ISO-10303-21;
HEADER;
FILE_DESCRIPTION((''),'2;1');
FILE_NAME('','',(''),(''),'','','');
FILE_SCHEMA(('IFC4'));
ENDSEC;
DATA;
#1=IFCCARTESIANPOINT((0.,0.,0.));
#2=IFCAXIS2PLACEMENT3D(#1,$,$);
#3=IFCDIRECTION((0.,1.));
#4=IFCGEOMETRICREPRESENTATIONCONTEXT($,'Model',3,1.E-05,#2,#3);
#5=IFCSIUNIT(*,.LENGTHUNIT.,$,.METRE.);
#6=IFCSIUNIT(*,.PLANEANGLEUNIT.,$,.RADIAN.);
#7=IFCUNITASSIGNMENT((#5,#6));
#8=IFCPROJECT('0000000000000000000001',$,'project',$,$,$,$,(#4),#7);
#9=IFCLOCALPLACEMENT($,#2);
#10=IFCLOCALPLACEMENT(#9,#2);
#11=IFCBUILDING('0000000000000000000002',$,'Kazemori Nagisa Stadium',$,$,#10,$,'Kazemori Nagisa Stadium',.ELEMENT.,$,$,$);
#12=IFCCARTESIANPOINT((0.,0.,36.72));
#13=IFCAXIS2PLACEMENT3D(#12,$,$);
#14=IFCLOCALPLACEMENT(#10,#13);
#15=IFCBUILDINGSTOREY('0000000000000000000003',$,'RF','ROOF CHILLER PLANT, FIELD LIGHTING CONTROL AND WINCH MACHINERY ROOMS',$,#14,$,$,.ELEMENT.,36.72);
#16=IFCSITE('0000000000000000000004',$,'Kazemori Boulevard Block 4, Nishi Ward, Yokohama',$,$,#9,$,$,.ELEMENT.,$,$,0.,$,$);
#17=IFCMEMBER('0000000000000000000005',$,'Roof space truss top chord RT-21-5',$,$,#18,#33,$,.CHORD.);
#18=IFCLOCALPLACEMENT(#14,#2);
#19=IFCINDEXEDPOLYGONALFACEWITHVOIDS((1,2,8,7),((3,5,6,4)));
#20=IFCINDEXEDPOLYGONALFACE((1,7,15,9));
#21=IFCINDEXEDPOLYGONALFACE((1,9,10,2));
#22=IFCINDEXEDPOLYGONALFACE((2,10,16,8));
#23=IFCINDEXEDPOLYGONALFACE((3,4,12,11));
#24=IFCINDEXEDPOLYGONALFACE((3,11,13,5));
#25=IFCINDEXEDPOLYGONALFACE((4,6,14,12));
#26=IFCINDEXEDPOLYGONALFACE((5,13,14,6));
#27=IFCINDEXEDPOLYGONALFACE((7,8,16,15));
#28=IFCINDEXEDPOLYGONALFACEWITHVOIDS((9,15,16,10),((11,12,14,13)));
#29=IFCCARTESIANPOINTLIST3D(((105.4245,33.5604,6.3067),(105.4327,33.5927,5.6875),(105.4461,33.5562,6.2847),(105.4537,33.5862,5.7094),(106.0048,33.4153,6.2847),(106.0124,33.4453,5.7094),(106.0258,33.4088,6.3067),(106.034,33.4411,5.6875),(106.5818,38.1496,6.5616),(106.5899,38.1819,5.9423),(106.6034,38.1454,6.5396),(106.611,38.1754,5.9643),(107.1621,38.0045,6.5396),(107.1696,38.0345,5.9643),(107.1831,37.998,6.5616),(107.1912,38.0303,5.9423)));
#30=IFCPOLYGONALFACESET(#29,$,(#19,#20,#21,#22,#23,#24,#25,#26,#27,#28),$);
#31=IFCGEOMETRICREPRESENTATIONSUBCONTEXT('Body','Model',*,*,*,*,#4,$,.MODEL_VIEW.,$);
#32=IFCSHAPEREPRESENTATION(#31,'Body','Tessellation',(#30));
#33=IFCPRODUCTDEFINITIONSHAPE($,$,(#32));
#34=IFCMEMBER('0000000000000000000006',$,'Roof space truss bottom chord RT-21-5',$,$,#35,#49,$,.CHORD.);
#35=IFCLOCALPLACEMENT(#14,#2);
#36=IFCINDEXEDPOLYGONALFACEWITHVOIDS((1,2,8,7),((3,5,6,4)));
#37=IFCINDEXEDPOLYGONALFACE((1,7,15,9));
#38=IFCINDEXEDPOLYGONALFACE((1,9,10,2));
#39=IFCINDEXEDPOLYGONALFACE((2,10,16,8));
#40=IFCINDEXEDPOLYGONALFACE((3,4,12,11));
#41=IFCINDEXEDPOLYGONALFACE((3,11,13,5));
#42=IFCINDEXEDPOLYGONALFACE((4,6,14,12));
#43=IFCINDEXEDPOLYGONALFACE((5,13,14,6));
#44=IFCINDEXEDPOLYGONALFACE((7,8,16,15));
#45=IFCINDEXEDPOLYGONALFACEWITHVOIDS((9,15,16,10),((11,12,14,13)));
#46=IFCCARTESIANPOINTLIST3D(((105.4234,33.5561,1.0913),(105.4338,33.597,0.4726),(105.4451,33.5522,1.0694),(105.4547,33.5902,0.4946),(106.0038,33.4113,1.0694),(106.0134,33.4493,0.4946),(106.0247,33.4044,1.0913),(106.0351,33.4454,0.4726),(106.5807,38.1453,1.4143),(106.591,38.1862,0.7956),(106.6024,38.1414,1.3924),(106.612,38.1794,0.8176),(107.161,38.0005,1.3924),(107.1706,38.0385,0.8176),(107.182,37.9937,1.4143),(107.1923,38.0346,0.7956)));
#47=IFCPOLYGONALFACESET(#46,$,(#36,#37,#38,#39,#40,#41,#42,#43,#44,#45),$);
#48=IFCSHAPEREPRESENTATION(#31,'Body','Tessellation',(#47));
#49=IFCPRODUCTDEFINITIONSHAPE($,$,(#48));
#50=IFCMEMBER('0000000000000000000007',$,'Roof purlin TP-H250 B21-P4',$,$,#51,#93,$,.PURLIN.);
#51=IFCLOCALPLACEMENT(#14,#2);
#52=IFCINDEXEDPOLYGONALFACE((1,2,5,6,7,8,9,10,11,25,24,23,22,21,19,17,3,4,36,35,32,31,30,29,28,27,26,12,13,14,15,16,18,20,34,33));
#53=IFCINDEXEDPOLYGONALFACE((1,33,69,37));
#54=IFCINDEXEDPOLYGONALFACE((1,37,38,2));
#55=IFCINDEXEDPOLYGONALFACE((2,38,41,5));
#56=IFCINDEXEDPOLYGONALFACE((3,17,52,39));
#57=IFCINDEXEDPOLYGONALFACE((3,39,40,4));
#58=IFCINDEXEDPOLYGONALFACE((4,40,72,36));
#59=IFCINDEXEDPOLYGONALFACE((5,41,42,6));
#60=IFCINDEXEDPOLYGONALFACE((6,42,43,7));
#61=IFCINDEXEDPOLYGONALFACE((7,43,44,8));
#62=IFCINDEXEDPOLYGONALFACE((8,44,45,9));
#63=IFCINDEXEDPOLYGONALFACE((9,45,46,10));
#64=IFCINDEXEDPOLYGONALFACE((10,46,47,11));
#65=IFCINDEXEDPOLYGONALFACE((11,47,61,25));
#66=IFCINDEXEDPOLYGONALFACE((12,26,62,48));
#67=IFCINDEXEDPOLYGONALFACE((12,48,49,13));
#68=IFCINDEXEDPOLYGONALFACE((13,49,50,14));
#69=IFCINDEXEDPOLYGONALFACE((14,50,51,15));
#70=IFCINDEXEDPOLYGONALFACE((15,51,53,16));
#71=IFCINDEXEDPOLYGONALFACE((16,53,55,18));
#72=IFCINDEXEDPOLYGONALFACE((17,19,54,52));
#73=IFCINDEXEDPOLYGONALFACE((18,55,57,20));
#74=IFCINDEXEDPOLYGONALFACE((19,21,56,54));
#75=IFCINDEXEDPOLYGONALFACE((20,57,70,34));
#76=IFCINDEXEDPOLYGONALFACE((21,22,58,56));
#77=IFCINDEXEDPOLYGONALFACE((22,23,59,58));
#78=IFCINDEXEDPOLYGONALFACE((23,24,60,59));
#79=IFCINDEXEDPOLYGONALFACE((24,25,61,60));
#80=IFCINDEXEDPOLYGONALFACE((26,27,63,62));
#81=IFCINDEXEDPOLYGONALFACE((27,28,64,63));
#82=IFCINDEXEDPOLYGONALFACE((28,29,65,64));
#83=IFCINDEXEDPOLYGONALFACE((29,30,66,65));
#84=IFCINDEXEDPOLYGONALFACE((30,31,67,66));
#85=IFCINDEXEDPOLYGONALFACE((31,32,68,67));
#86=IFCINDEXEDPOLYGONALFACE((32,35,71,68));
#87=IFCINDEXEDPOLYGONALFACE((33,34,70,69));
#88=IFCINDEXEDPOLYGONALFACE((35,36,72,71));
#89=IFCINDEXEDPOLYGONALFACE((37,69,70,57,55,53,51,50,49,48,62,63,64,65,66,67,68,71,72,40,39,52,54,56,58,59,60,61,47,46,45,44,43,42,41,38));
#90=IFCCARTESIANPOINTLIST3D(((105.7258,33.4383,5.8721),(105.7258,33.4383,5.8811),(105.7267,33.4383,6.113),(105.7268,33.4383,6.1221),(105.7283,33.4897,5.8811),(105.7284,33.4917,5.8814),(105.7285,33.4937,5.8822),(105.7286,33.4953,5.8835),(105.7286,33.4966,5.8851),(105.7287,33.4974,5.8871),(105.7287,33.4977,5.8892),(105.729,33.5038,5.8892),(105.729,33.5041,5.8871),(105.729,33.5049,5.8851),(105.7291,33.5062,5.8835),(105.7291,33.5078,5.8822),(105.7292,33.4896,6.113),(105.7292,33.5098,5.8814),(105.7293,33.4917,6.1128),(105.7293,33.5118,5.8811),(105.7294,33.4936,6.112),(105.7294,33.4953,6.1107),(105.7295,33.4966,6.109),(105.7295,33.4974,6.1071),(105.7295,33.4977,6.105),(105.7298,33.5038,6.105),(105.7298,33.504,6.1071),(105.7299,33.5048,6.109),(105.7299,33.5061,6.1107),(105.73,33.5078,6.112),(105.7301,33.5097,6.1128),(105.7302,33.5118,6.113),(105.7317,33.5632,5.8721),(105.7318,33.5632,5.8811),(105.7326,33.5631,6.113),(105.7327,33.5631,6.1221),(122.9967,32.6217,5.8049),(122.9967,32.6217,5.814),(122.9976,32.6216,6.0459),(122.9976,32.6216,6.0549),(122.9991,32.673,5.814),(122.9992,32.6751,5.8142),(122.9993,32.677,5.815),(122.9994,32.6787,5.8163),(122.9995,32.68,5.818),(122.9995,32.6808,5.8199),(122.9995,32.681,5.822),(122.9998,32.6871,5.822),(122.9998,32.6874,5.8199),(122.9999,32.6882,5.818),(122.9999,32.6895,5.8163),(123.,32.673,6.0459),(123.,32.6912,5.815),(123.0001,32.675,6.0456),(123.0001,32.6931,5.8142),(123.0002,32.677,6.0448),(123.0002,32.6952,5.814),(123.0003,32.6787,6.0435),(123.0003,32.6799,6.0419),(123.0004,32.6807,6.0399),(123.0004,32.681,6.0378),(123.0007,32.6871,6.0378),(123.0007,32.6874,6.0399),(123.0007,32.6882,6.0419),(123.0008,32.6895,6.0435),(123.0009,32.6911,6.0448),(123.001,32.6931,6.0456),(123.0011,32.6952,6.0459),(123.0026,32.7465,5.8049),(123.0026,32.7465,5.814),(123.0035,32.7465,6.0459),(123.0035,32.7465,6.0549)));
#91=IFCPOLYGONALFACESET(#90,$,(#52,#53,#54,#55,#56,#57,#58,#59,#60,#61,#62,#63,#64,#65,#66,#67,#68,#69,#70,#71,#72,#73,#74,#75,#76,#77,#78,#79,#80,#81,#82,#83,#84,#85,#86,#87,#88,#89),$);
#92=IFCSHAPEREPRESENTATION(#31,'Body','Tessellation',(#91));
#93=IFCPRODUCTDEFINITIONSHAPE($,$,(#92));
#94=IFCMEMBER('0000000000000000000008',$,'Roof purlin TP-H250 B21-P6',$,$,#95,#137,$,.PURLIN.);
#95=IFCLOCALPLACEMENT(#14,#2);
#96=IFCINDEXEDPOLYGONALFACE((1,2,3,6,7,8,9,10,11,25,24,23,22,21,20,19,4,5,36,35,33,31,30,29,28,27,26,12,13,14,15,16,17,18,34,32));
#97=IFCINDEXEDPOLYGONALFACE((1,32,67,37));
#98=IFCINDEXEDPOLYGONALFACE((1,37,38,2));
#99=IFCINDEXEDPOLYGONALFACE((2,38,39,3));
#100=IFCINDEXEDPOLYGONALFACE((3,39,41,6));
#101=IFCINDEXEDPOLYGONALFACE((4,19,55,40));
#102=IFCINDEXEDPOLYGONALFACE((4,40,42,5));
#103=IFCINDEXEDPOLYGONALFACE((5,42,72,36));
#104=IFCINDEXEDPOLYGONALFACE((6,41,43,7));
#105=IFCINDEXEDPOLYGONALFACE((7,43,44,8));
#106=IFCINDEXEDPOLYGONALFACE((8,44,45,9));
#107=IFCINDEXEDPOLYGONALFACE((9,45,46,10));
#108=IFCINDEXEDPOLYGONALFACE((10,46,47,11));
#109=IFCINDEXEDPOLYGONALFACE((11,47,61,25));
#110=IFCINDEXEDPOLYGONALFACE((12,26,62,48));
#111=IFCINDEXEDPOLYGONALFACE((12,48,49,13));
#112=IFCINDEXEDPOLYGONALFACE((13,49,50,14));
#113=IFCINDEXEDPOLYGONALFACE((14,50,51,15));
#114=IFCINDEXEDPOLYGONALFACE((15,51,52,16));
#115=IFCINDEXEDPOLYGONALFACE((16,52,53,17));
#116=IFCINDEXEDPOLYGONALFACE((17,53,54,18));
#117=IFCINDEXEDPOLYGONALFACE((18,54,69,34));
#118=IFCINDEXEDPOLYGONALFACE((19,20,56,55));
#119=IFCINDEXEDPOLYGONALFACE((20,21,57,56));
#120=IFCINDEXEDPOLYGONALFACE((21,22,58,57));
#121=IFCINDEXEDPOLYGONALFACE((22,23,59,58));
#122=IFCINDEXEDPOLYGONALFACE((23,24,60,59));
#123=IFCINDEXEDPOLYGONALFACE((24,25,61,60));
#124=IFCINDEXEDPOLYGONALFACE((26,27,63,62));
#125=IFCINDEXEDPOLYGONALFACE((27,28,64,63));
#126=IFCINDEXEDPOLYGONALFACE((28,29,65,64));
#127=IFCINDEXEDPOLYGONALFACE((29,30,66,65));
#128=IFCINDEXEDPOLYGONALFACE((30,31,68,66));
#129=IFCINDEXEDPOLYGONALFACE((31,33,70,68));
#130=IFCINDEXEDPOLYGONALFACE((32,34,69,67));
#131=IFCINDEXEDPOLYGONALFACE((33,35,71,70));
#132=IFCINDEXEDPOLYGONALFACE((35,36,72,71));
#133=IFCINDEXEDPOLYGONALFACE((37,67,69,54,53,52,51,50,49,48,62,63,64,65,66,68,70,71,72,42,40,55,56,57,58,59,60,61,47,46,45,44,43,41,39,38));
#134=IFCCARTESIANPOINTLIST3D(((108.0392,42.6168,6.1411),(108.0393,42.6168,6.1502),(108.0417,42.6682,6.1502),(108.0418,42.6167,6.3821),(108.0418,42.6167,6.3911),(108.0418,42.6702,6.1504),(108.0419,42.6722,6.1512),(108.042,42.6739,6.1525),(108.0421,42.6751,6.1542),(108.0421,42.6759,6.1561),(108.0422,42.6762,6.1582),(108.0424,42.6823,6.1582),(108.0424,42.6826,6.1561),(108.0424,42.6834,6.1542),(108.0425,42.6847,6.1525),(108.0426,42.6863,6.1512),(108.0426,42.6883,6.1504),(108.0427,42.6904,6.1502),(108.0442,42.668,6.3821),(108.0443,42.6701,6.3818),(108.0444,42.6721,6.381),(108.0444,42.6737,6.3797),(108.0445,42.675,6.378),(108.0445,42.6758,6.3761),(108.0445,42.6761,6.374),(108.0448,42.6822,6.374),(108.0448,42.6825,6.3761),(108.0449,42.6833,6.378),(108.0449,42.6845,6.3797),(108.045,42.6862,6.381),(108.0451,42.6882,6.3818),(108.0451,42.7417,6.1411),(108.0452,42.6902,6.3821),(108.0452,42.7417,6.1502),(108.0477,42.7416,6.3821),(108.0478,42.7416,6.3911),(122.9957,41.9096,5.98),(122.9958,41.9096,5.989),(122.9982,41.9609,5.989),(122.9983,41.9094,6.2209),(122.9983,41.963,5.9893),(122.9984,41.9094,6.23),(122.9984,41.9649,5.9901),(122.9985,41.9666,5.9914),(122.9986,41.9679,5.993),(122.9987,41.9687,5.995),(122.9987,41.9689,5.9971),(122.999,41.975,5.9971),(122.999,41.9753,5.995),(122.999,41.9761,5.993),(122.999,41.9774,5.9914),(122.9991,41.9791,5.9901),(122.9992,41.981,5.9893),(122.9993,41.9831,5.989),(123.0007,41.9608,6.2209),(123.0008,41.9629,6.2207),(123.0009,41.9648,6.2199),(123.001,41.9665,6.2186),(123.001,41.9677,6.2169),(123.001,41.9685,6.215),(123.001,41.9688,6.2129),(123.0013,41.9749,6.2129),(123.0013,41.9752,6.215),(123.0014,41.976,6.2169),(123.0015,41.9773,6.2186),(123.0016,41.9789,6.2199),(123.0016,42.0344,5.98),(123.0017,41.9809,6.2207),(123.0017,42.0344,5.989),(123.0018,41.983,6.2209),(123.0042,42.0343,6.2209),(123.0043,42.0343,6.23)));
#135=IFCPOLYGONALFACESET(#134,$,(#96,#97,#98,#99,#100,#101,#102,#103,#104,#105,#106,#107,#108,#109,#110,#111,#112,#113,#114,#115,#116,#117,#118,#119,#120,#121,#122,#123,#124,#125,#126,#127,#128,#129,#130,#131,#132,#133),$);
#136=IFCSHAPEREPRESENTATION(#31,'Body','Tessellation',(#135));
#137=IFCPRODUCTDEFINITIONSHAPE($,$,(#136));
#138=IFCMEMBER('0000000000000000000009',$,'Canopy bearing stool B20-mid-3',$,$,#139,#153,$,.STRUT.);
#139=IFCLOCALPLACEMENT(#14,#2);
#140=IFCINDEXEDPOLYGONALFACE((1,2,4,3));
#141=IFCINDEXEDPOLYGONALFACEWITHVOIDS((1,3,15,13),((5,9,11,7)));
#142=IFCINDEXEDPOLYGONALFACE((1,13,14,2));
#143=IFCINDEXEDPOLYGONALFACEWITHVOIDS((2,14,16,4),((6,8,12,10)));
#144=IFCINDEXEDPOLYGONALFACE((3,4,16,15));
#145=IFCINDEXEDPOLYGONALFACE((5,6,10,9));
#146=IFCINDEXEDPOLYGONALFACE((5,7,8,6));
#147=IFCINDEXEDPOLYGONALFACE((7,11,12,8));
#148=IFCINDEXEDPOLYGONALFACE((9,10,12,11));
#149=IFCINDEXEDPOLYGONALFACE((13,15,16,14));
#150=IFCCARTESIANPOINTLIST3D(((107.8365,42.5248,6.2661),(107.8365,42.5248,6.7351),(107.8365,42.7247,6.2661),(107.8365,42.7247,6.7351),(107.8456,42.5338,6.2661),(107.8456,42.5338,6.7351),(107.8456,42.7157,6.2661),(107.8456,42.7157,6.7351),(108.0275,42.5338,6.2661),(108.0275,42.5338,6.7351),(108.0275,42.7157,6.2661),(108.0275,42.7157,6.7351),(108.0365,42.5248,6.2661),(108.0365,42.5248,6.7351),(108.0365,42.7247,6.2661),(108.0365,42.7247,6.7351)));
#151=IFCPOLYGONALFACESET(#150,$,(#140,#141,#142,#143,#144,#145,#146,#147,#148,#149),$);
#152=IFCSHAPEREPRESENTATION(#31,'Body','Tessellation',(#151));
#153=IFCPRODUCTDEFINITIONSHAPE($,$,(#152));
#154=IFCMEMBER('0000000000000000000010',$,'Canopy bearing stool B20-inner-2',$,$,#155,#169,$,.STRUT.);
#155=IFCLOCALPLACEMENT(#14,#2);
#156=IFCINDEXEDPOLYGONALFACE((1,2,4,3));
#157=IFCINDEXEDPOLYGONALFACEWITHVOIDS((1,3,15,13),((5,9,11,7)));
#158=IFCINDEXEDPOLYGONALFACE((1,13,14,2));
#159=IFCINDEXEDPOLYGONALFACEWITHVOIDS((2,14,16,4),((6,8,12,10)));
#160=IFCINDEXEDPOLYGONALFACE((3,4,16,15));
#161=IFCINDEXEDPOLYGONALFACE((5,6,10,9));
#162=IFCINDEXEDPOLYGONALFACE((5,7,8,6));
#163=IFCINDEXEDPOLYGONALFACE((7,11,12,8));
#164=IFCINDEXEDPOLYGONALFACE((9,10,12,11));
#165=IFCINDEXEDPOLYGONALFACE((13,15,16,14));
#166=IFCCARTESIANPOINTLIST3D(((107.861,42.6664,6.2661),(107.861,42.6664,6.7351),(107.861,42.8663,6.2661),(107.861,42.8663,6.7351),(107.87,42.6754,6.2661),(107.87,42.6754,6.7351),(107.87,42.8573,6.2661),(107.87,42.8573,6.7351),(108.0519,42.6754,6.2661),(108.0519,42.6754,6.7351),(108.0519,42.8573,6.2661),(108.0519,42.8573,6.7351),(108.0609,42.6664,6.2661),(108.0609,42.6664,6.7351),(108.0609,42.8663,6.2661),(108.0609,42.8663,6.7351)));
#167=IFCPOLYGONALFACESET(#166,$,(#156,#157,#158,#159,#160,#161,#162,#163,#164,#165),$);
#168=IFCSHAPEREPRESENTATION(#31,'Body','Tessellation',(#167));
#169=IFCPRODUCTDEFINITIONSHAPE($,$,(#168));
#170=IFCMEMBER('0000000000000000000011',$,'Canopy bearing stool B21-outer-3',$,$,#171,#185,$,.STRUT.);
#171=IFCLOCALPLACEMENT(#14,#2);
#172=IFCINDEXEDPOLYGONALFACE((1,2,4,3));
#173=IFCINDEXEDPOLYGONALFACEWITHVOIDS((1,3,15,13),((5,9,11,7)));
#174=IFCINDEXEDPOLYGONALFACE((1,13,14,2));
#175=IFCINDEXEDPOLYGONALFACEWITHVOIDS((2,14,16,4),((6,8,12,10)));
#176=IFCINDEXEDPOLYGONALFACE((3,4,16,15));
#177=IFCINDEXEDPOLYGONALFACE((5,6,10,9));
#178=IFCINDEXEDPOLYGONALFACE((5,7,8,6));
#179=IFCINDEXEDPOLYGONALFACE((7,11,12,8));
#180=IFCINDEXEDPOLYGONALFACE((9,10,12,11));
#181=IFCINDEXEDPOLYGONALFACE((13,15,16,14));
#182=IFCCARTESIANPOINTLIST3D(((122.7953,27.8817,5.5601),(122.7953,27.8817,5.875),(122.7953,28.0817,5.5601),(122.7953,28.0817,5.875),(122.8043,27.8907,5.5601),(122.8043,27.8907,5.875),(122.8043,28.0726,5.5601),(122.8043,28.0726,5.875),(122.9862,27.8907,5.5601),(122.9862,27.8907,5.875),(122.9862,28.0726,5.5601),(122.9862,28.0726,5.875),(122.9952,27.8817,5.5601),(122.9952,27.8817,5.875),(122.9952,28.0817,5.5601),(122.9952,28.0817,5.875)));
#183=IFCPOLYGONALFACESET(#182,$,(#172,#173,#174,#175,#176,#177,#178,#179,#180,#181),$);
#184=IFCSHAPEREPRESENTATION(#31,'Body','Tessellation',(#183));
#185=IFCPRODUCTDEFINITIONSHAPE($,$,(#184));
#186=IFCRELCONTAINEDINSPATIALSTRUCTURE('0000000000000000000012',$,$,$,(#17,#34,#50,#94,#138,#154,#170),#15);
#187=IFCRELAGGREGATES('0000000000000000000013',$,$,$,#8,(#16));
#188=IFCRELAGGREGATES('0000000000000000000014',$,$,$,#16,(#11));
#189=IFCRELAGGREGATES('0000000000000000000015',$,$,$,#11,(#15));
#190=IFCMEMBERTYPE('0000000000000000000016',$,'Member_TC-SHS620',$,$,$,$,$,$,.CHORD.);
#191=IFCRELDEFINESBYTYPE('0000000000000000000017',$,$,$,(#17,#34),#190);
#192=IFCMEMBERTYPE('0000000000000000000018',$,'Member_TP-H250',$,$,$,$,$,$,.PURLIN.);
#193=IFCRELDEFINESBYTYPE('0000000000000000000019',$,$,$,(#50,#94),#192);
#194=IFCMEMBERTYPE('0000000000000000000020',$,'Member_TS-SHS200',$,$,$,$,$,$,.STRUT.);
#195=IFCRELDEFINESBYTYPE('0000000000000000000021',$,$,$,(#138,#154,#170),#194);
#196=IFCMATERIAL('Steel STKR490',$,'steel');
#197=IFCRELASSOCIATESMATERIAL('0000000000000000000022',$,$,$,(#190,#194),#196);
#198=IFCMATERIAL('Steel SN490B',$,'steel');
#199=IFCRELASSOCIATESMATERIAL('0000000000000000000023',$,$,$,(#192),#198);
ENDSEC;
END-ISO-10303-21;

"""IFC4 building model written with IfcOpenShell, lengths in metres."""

from ifc_helpers import new_model, si_unit, direction, frame, origin, origin_2d, place, context, subcontext, project, spatial, hollow_rectangle, i_section, extrude, material, material_profile, profile_set, type_object, element, save


model = new_model("IFC4")

# Units and contexts
model_context = context("Model", 3, precision=1e-05, world=origin(), true_north=direction((0.0, 1.0)))
body_context = subcontext(model_context, "Body", "Model", "MODEL_VIEW")
ifc_project = project(units=[si_unit("LENGTHUNIT", "METRE"), si_unit("PLANEANGLEUNIT", "RADIAN")], contexts=[model_context])

# Site, building, storey
site_placement = place(None, origin())
site = spatial("IfcSite", under=ifc_project, at=site_placement, Name="Kazemori Boulevard Block 4, Nishi Ward, Yokohama", CompositionType="ELEMENT", RefElevation=0.0)
building_placement = place(site_placement, origin())
building = spatial("IfcBuilding", under=site, at=building_placement, Name="Kazemori Nagisa Stadium", LongName="Kazemori Nagisa Stadium", CompositionType="ELEMENT")
storey_placement = place(building_placement, frame((0.0, 0.0, 36.72)))
storey = spatial("IfcBuildingStorey", under=building, at=storey_placement, Name="RF", Description="ROOF CHILLER PLANT, FIELD LIGHTING CONTROL AND WINCH MACHINERY ROOMS", CompositionType="ELEMENT", Elevation=36.72)

# Shared definitions
ifc_material_1 = material(Name="Steel SN490B", Category="steel")

# Members
ifc_material_2 = material(Name="Steel STKR490", Category="steel")
ifc_material_profile_1 = material_profile(ifc_material_2, hollow_rectangle(XDim=0.6201, YDim=0.6201, WallThickness=0.022, at=origin_2d()), Name="SHS-620x620x22")
ifc_profile_set_1 = profile_set([ifc_material_profile_1], Name="Steel STKR490")
member_type_1 = type_object("IfcMemberType", Name="Member_TC-SHS620", PredefinedType="CHORD", material=ifc_profile_set_1)
member_1_placement = place(storey_placement, frame((105.7292, 33.5007, 5.9971), z_axis=(0.24416, 0.968243, 0.053777), x_axis=(-0.969646, 0.244514, 0.0)))
element("IfcMember", 1, at=member_1_placement, inside=storey, type_object=member_type_1, Name="Roof space truss top chord RT-21-5", PredefinedType="CHORD", context=body_context, shape_type="SweptSolid", body=[
    extrude(hollow_rectangle(XDim=0.6201, YDim=0.6201, WallThickness=0.022, at=origin_2d()), origin(), (0.0, 0.0, 1.0), 4.7397),
])
member_2_placement = place(storey_placement, frame((105.7292, 33.5007, 0.782), z_axis=(0.243946, 0.967396, 0.068089), x_axis=(-0.969646, 0.244514, 0.0)))
element("IfcMember", 2, at=member_2_placement, inside=storey, type_object=member_type_1, Name="Roof space truss bottom chord RT-21-5", PredefinedType="CHORD", context=body_context, shape_type="SweptSolid", body=[
    extrude(hollow_rectangle(XDim=0.6201, YDim=0.6201, WallThickness=0.022, at=origin_2d()), origin(), (0.0, 0.0, 1.0), 4.7439),
])
ifc_material_profile_2 = material_profile(ifc_material_1, i_section(OverallWidth=0.125, OverallDepth=0.25, WebThickness=0.0061, FlangeThickness=0.009, FilletRadius=0.0081, at=origin_2d()), Name="H-250x125x6x9")
ifc_profile_set_2 = profile_set([ifc_material_profile_2], Name="Steel SN490B")
member_type_2 = type_object("IfcMemberType", Name="Member_TP-H250", PredefinedType="PURLIN", material=ifc_profile_set_2)
member_3_placement = place(storey_placement, frame((105.7292, 33.5007, 5.9971), z_axis=(0.998876, -0.047232, -0.003883), x_axis=(0.047232, 0.998884, 0.0)))
element("IfcMember", 3, at=member_3_placement, inside=storey, type_object=member_type_2, Name="Roof purlin TP-H250 B21-P4", PredefinedType="PURLIN", context=body_context, shape_type="SweptSolid", body=[
    extrude(i_section(OverallWidth=0.125, OverallDepth=0.25, WebThickness=0.0061, FlangeThickness=0.009, FilletRadius=0.0081, at=origin_2d()), origin(), (0.0, 0.0, 1.0), 17.2903),
])
member_4_placement = place(storey_placement, frame((108.0435, 42.6792, 6.2661), z_axis=(0.998826, -0.047233, -0.010761), x_axis=(0.047236, 0.998884, 0.0)))
element("IfcMember", 4, at=member_4_placement, inside=storey, type_object=member_type_2, Name="Roof purlin TP-H250 B21-P6", PredefinedType="PURLIN", context=body_context, shape_type="SweptSolid", body=[
    extrude(i_section(OverallWidth=0.125, OverallDepth=0.25, WebThickness=0.0061, FlangeThickness=0.009, FilletRadius=0.0081, at=origin_2d()), origin(), (0.0, 0.0, 1.0), 14.9741),
])
ifc_material_profile_3 = material_profile(ifc_material_2, hollow_rectangle(XDim=0.2, YDim=0.2, WallThickness=0.009, at=origin_2d()), Name="SHS-200x200x9")
ifc_profile_set_3 = profile_set([ifc_material_profile_3], Name="Steel STKR490")
member_type_3 = type_object("IfcMemberType", Name="Member_TS-SHS200", PredefinedType="STRUT", material=ifc_profile_set_3)
for number, where, z_axis, x_axis, name in (
    (5, (107.9365, 42.6248, 6.2661), (0.0, 0.0, 1.0), (1.0, 0.0, 0.0), "Canopy bearing stool B20-mid-3"),
    (6, (107.9609, 42.7664, 6.2661), (0.0, 0.0, 1.0), (1.0, 0.0, 0.0), "Canopy bearing stool B20-inner-2"),
):
    element("IfcMember", number, at=place(storey_placement, frame(where, z_axis=z_axis, x_axis=x_axis)), inside=storey, type_object=member_type_3, Name=name, PredefinedType="STRUT", context=body_context, shape_type="SweptSolid", body=[
        extrude(hollow_rectangle(XDim=0.2, YDim=0.2, WallThickness=0.009, at=origin_2d()), origin(), (0.0, 0.0, 1.0), 0.469),
    ])
for number, where, z_axis, x_axis, name in (
    (7, (122.8953, 27.9817, 5.5601), (0.0, 0.0, 1.0), (1.0, 0.0, 0.0), "Canopy bearing stool B21-outer-3"),
):
    element("IfcMember", number, at=place(storey_placement, frame(where, z_axis=z_axis, x_axis=x_axis)), inside=storey, type_object=member_type_3, Name=name, PredefinedType="STRUT", context=body_context, shape_type="SweptSolid", body=[
        extrude(hollow_rectangle(XDim=0.2, YDim=0.2, WallThickness=0.009, at=origin_2d()), origin(), (0.0, 0.0, 1.0), 0.3149),
    ])

save(model, "model.ifc")
